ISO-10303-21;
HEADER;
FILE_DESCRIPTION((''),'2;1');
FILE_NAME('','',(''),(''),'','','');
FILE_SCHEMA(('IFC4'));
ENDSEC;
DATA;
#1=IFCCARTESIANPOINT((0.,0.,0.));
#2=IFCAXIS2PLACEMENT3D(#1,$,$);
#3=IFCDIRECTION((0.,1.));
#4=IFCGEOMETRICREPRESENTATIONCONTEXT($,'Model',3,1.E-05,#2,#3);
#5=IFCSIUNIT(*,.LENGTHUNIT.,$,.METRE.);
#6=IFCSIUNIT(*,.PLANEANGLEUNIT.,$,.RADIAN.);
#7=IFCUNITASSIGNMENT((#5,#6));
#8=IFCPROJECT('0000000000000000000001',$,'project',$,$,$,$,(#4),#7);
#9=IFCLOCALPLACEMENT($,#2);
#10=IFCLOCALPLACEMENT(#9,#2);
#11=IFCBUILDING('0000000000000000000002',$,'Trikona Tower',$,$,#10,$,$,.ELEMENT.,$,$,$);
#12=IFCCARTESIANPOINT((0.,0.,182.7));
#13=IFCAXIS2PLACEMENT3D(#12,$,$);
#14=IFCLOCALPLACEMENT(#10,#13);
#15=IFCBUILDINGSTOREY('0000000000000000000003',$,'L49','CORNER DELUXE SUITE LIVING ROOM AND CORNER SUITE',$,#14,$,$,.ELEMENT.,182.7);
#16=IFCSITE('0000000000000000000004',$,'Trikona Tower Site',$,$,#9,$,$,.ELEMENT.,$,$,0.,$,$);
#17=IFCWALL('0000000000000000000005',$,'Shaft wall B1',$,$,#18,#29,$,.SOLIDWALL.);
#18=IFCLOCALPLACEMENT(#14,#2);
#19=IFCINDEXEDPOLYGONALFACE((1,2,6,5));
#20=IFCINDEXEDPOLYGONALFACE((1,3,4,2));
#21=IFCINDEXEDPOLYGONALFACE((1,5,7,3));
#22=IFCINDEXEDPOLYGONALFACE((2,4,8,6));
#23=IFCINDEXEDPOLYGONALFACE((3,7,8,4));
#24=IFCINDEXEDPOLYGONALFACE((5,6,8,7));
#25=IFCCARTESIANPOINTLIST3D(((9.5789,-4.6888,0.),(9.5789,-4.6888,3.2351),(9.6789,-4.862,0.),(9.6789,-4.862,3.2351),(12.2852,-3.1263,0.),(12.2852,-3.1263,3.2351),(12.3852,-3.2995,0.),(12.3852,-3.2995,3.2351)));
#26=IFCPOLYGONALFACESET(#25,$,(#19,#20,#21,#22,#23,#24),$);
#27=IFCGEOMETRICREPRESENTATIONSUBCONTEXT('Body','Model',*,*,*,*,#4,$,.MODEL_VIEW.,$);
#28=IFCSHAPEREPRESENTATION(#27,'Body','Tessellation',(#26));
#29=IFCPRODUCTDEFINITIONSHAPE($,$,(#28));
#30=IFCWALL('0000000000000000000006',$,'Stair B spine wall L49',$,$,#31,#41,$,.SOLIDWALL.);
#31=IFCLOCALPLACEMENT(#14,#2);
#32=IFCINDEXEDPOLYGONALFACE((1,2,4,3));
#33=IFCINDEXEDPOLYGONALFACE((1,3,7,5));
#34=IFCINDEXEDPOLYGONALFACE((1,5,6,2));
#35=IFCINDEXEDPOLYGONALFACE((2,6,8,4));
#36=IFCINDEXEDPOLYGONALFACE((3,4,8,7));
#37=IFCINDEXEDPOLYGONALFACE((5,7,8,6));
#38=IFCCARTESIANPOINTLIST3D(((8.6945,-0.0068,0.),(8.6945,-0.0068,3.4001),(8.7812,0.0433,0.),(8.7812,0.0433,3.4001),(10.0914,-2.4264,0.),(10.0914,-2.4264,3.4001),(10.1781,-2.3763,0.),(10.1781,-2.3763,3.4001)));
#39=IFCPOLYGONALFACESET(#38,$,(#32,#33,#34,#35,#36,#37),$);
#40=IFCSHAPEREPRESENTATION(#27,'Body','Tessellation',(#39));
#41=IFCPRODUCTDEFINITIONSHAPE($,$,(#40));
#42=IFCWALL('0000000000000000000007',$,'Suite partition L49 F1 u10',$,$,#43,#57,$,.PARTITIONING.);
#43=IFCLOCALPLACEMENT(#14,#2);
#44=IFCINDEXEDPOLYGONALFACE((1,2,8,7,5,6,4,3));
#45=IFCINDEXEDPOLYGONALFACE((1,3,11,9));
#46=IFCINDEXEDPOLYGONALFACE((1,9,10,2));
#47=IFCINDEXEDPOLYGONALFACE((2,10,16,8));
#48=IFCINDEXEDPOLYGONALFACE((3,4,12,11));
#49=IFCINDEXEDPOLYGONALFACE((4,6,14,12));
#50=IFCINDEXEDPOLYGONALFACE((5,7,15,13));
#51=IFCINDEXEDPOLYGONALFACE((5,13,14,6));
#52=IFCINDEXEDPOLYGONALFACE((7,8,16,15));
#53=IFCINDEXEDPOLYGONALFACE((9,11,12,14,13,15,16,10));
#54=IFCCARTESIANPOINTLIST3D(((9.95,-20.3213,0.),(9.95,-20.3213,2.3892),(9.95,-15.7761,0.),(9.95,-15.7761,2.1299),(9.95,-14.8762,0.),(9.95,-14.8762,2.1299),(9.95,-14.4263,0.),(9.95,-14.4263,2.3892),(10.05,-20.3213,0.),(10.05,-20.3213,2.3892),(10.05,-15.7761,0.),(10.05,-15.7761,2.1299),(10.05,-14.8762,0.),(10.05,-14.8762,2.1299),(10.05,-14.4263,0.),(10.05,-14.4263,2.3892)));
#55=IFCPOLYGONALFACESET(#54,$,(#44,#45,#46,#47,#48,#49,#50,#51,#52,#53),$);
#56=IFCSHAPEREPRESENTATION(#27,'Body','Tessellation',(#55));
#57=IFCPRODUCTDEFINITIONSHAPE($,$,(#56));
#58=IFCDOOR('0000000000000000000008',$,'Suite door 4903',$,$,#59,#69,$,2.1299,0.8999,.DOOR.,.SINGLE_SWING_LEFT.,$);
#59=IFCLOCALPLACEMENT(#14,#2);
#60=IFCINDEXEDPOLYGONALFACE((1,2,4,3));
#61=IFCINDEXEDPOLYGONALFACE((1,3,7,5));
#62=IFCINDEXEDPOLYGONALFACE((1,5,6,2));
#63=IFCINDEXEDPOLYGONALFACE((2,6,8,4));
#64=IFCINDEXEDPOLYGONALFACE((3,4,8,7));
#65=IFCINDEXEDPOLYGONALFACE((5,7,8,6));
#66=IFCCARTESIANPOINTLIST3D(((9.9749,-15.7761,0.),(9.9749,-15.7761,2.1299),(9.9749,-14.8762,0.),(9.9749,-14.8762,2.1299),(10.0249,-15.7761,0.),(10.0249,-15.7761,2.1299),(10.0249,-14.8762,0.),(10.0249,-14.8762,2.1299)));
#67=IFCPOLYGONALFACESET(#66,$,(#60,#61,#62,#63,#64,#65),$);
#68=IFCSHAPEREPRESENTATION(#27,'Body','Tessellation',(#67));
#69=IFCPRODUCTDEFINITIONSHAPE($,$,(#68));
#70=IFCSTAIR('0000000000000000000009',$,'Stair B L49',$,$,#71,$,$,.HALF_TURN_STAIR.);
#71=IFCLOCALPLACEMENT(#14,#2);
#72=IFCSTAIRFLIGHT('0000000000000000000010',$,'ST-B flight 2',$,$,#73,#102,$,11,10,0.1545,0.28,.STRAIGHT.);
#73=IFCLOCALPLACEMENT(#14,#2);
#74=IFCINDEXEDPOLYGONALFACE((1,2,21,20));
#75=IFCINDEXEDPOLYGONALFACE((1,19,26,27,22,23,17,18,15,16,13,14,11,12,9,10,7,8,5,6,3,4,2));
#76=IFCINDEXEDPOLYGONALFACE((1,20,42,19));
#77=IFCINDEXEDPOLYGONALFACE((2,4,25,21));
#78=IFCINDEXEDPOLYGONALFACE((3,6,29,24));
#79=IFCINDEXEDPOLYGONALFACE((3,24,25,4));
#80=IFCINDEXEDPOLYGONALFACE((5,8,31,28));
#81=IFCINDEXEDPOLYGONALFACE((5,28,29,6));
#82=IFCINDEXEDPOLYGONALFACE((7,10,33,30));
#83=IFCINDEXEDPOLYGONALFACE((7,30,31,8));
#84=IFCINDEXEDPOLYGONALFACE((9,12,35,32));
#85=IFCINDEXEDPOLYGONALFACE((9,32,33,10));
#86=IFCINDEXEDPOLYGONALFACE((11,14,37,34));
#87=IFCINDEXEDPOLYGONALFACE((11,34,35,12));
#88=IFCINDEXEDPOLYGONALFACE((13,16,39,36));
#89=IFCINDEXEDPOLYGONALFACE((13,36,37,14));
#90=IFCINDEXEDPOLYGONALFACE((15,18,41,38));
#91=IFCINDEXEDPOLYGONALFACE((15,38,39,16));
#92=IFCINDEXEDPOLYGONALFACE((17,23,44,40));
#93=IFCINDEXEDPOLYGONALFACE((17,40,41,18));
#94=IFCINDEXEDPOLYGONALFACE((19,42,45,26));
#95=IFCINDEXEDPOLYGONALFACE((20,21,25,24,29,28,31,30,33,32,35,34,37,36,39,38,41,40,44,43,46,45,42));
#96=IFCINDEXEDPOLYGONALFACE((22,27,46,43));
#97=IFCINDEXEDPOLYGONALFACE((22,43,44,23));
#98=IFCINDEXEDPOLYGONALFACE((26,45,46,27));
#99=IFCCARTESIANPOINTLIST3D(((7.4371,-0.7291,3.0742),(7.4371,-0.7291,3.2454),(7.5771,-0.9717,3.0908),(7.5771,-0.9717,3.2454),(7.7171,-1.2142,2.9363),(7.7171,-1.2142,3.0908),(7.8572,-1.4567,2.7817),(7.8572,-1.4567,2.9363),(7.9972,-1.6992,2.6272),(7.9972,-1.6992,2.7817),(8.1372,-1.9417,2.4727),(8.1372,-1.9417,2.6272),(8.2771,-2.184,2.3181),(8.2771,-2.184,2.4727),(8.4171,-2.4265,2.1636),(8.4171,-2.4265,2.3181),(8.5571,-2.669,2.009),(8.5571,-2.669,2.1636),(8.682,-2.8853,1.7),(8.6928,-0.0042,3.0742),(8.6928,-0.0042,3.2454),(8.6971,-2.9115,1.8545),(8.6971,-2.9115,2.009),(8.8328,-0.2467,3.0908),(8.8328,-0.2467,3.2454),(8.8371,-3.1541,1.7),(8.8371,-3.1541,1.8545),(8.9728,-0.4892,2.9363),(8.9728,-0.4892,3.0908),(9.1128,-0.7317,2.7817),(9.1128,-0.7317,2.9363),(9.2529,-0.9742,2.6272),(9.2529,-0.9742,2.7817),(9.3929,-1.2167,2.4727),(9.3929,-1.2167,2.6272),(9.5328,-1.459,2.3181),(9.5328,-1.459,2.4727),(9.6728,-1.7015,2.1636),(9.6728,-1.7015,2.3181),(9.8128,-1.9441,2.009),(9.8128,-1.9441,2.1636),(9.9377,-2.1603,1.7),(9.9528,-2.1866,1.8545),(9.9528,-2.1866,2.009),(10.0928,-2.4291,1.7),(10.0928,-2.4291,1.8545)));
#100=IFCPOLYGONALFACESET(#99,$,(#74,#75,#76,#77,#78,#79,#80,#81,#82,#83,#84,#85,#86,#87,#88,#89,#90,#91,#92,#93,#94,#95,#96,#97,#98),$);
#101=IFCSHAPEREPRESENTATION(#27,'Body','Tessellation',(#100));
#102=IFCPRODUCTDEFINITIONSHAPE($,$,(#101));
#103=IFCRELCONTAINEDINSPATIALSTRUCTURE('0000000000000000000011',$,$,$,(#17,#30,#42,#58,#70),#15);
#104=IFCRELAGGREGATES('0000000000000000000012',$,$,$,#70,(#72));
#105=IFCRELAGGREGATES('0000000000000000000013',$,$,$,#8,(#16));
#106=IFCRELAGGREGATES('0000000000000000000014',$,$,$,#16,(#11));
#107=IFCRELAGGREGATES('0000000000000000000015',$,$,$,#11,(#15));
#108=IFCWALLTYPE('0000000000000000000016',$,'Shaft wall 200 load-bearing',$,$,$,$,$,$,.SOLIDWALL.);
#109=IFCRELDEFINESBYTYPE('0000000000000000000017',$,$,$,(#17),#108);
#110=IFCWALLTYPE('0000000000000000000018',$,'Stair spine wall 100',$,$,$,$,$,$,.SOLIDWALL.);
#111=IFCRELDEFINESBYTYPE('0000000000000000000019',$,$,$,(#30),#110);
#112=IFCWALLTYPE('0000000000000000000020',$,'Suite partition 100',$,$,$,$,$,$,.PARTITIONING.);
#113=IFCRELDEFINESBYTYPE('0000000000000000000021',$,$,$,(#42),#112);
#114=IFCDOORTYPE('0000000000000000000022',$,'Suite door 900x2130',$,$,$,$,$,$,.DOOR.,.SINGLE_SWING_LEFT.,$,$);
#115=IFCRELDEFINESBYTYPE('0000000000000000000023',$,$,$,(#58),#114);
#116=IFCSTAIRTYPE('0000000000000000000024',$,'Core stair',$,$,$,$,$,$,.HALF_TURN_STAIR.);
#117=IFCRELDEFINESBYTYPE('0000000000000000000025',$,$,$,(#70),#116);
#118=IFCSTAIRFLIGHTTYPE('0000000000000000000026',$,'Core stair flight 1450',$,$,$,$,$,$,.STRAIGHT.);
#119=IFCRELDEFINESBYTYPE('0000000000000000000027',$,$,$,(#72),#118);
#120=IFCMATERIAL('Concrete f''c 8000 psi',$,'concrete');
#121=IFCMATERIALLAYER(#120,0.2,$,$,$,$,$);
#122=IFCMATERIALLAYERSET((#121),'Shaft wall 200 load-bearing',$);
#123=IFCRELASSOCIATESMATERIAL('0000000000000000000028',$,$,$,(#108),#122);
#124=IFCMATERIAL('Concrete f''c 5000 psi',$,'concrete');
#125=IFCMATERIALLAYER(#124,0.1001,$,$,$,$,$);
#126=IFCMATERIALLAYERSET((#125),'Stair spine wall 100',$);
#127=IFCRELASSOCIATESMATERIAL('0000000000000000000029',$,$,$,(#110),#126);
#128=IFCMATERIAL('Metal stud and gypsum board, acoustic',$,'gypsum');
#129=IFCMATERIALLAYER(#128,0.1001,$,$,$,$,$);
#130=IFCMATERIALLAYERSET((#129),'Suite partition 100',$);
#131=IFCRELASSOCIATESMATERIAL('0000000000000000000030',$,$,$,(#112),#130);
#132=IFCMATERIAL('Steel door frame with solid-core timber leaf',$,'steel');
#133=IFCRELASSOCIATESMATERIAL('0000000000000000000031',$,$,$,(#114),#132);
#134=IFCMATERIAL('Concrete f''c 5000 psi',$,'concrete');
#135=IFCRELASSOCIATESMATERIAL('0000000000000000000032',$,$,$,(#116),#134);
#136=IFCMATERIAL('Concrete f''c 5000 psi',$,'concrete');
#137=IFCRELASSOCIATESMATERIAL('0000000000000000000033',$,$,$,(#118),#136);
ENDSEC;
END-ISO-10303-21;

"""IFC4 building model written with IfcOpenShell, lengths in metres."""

from ifc_helpers import new_model, si_unit, direction, frame, frame_2d, origin, place, context, subcontext, project, spatial, polyline, rectangle, outline, extrude, material, layer, layer_set, type_object, element, fill, aggregate, save


model = new_model("IFC4")

# Units and contexts
model_context = context("Model", 3, precision=1e-05, world=origin(), true_north=direction((0.0, 1.0)))
body_context = subcontext(model_context, "Body", "Model", "MODEL_VIEW")
ifc_project = project(units=[si_unit("LENGTHUNIT", "METRE"), si_unit("PLANEANGLEUNIT", "RADIAN")], contexts=[model_context])

# Site, building, storey
site_placement = place(None, origin())
site = spatial("IfcSite", under=ifc_project, at=site_placement, Name="Trikona Tower Site", CompositionType="ELEMENT", RefElevation=0.0)
building_placement = place(site_placement, origin())
building = spatial("IfcBuilding", under=site, at=building_placement, Name="Trikona Tower", CompositionType="ELEMENT")
storey_placement = place(building_placement, frame((0.0, 0.0, 182.7)))
storey = spatial("IfcBuildingStorey", under=building, at=storey_placement, Name="L49", Description="CORNER DELUXE SUITE LIVING ROOM AND CORNER SUITE", CompositionType="ELEMENT", Elevation=182.7)

# Walls
ifc_material_1 = material(Name="Concrete f'c 8000 psi", Category="concrete")
ifc_layer_1 = layer(ifc_material_1, 0.2)
ifc_layer_set_1 = layer_set([ifc_layer_1], Name="Shaft wall 200 load-bearing")
wall_type_1 = type_object("IfcWallType", Name="Shaft wall 200 load-bearing", PredefinedType="SOLIDWALL", material=ifc_layer_set_1)
wall_1_placement = place(storey_placement, frame((9.6289, -4.7754, 0.0), z_axis=(0.0, 0.0, 1.0), x_axis=(0.866023, 0.500004, 0.0)))
element("IfcWall", 1, at=wall_1_placement, inside=storey, type_object=wall_type_1, Name="Shaft wall B1", PredefinedType="SOLIDWALL", context=body_context, shape_type="SweptSolid", body=[
    extrude(rectangle(XDim=3.125, YDim=0.2, at=frame_2d((1.5625, 0.0))), origin(), (0.0, 0.0, 1.0), 3.2351),
])
ifc_material_2 = material(Name="Concrete f'c 5000 psi", Category="concrete")
ifc_layer_2 = layer(ifc_material_2, 0.1001)
ifc_layer_set_2 = layer_set([ifc_layer_2], Name="Stair spine wall 100")
wall_type_2 = type_object("IfcWallType", Name="Stair spine wall 100", PredefinedType="SOLIDWALL", material=ifc_layer_set_2)
wall_2_placement = place(storey_placement, frame((10.1348, -2.4014, 0.0), z_axis=(0.0, 0.0, 1.0), x_axis=(-0.499992, 0.86603, 0.0)))
element("IfcWall", 2, at=wall_2_placement, inside=storey, type_object=wall_type_2, Name="Stair B spine wall L49", PredefinedType="SOLIDWALL", context=body_context, shape_type="SweptSolid", body=[
    extrude(rectangle(XDim=2.7939, YDim=0.1001, at=frame_2d((1.397, 0.0))), origin(), (0.0, 0.0, 1.0), 3.4001),
])

# Wall, opening, door
ifc_material_3 = material(Name="Metal stud and gypsum board, acoustic", Category="gypsum")
ifc_layer_3 = layer(ifc_material_3, 0.1001)
ifc_layer_set_3 = layer_set([ifc_layer_3], Name="Suite partition 100")
wall_type_3 = type_object("IfcWallType", Name="Suite partition 100", PredefinedType="PARTITIONING", material=ifc_layer_set_3)
wall_3_placement = place(storey_placement, frame((10.0, -14.4263, 0.0), z_axis=(0.0, 0.0, 1.0), x_axis=(0.0, -1.0, 0.0)))
wall_3 = element("IfcWall", 3, at=wall_3_placement, inside=storey, type_object=wall_type_3, Name="Suite partition L49 F1 u10", PredefinedType="PARTITIONING", context=body_context, shape_type="SweptSolid", body=[
    extrude(rectangle(XDim=5.895, YDim=0.1001, at=frame_2d((2.9475, 0.0))), origin(), (0.0, 0.0, 1.0), 2.3892),
])
opening_1_placement = place(wall_3_placement, frame((0.45, 0.0, 0.0)))
opening_1 = element("IfcOpeningElement", 4, at=opening_1_placement, cuts=wall_3, PredefinedType="OPENING", context=body_context, shape_type="SweptSolid", body=[
    extrude(rectangle(XDim=0.8999, YDim=2.1299, at=frame_2d((0.45, 1.0649))), frame((0.0, 0.0601, 0.0), z_axis=(0.0, -1.0, 0.0), x_axis=(1.0, 0.0, 0.0)), (0.0, 0.0, 1.0), 0.1201),
])
ifc_material_4 = material(Name="Steel door frame with solid-core timber leaf", Category="steel")
door_type_1 = type_object("IfcDoorType", Name="Suite door 900x2130", OperationType="SINGLE_SWING_LEFT", PredefinedType="DOOR", material=ifc_material_4)
door_1_placement = place(opening_1_placement, origin())
door_1 = element("IfcDoor", 5, at=door_1_placement, inside=storey, type_object=door_type_1, Name="Suite door 4903", OperationType="SINGLE_SWING_LEFT", OverallHeight=2.1299, OverallWidth=0.8999, PredefinedType="DOOR", context=body_context, shape_type="SweptSolid", body=[
    extrude(rectangle(XDim=0.8999, YDim=2.1299, at=frame_2d((0.45, 1.0649))), frame((0.0, 0.0249, 0.0), z_axis=(0.0, -1.0, 0.0), x_axis=(1.0, 0.0, 0.0)), (0.0, 0.0, 1.0), 0.05),
])
fill(opening_1, door_1)

# Stair, stair flight
ifc_material_5 = material(Name="Concrete f'c 5000 psi", Category="concrete")
stair_type = type_object("IfcStairType", Name="Core stair", PredefinedType="HALF_TURN_STAIR", material=ifc_material_5)
stair_placement = place(storey_placement, origin())
stair = element("IfcStair", 6, at=stair_placement, inside=storey, type_object=stair_type, Name="Stair B L49", PredefinedType="HALF_TURN_STAIR")
ifc_material_6 = material(Name="Concrete f'c 5000 psi", Category="concrete")
stair_flight_type = type_object("IfcStairFlightType", Name="Core stair flight 1450", PredefinedType="STRAIGHT", material=ifc_material_6)
stair_flight_placement = place(storey_placement, frame((9.4651, -2.7915, 1.7), z_axis=(0.0, 0.0, 1.0), x_axis=(-0.5, 0.866025, 0.0)))
stair_flight = element("IfcStairFlight", 7, at=stair_flight_placement, type_object=stair_flight_type, Name="ST-B flight 2", NumberOfRisers=11, NumberOfTreads=10, PredefinedType="STRAIGHT", RiserHeight=0.1545, TreadLength=0.28, context=body_context, shape_type="SweptSolid", body=[
    extrude(outline(polyline([(0.0, 0.0), (0.0, 0.1545), (0.28, 0.1545), (0.28, 0.3091), (0.5601, 0.3091), (0.5601, 0.4636), (0.8401, 0.4636), (0.8401, 0.6182), (1.1201, 0.6182), (1.1201, 0.7727), (1.3999, 0.7727), (1.3999, 0.9272), (1.6799, 0.9272), (1.6799, 1.0818), (1.96, 1.0818), (1.96, 1.2363), (2.24, 1.2363), (2.24, 1.3909), (2.52, 1.3909), (2.52, 1.5454), (2.8, 1.5454), (2.8, 1.7), (2.8, 1.3743), (0.3103, 0.0), (0.0, 0.0)])), frame((0.0, 0.7251, 0.0), z_axis=(0.0, -1.0, 0.0), x_axis=(1.0, 0.0, 0.0)), (0.0, 0.0, 1.0), 1.45),
])
aggregate(stair, [stair_flight])

save(model, "model.ifc")
